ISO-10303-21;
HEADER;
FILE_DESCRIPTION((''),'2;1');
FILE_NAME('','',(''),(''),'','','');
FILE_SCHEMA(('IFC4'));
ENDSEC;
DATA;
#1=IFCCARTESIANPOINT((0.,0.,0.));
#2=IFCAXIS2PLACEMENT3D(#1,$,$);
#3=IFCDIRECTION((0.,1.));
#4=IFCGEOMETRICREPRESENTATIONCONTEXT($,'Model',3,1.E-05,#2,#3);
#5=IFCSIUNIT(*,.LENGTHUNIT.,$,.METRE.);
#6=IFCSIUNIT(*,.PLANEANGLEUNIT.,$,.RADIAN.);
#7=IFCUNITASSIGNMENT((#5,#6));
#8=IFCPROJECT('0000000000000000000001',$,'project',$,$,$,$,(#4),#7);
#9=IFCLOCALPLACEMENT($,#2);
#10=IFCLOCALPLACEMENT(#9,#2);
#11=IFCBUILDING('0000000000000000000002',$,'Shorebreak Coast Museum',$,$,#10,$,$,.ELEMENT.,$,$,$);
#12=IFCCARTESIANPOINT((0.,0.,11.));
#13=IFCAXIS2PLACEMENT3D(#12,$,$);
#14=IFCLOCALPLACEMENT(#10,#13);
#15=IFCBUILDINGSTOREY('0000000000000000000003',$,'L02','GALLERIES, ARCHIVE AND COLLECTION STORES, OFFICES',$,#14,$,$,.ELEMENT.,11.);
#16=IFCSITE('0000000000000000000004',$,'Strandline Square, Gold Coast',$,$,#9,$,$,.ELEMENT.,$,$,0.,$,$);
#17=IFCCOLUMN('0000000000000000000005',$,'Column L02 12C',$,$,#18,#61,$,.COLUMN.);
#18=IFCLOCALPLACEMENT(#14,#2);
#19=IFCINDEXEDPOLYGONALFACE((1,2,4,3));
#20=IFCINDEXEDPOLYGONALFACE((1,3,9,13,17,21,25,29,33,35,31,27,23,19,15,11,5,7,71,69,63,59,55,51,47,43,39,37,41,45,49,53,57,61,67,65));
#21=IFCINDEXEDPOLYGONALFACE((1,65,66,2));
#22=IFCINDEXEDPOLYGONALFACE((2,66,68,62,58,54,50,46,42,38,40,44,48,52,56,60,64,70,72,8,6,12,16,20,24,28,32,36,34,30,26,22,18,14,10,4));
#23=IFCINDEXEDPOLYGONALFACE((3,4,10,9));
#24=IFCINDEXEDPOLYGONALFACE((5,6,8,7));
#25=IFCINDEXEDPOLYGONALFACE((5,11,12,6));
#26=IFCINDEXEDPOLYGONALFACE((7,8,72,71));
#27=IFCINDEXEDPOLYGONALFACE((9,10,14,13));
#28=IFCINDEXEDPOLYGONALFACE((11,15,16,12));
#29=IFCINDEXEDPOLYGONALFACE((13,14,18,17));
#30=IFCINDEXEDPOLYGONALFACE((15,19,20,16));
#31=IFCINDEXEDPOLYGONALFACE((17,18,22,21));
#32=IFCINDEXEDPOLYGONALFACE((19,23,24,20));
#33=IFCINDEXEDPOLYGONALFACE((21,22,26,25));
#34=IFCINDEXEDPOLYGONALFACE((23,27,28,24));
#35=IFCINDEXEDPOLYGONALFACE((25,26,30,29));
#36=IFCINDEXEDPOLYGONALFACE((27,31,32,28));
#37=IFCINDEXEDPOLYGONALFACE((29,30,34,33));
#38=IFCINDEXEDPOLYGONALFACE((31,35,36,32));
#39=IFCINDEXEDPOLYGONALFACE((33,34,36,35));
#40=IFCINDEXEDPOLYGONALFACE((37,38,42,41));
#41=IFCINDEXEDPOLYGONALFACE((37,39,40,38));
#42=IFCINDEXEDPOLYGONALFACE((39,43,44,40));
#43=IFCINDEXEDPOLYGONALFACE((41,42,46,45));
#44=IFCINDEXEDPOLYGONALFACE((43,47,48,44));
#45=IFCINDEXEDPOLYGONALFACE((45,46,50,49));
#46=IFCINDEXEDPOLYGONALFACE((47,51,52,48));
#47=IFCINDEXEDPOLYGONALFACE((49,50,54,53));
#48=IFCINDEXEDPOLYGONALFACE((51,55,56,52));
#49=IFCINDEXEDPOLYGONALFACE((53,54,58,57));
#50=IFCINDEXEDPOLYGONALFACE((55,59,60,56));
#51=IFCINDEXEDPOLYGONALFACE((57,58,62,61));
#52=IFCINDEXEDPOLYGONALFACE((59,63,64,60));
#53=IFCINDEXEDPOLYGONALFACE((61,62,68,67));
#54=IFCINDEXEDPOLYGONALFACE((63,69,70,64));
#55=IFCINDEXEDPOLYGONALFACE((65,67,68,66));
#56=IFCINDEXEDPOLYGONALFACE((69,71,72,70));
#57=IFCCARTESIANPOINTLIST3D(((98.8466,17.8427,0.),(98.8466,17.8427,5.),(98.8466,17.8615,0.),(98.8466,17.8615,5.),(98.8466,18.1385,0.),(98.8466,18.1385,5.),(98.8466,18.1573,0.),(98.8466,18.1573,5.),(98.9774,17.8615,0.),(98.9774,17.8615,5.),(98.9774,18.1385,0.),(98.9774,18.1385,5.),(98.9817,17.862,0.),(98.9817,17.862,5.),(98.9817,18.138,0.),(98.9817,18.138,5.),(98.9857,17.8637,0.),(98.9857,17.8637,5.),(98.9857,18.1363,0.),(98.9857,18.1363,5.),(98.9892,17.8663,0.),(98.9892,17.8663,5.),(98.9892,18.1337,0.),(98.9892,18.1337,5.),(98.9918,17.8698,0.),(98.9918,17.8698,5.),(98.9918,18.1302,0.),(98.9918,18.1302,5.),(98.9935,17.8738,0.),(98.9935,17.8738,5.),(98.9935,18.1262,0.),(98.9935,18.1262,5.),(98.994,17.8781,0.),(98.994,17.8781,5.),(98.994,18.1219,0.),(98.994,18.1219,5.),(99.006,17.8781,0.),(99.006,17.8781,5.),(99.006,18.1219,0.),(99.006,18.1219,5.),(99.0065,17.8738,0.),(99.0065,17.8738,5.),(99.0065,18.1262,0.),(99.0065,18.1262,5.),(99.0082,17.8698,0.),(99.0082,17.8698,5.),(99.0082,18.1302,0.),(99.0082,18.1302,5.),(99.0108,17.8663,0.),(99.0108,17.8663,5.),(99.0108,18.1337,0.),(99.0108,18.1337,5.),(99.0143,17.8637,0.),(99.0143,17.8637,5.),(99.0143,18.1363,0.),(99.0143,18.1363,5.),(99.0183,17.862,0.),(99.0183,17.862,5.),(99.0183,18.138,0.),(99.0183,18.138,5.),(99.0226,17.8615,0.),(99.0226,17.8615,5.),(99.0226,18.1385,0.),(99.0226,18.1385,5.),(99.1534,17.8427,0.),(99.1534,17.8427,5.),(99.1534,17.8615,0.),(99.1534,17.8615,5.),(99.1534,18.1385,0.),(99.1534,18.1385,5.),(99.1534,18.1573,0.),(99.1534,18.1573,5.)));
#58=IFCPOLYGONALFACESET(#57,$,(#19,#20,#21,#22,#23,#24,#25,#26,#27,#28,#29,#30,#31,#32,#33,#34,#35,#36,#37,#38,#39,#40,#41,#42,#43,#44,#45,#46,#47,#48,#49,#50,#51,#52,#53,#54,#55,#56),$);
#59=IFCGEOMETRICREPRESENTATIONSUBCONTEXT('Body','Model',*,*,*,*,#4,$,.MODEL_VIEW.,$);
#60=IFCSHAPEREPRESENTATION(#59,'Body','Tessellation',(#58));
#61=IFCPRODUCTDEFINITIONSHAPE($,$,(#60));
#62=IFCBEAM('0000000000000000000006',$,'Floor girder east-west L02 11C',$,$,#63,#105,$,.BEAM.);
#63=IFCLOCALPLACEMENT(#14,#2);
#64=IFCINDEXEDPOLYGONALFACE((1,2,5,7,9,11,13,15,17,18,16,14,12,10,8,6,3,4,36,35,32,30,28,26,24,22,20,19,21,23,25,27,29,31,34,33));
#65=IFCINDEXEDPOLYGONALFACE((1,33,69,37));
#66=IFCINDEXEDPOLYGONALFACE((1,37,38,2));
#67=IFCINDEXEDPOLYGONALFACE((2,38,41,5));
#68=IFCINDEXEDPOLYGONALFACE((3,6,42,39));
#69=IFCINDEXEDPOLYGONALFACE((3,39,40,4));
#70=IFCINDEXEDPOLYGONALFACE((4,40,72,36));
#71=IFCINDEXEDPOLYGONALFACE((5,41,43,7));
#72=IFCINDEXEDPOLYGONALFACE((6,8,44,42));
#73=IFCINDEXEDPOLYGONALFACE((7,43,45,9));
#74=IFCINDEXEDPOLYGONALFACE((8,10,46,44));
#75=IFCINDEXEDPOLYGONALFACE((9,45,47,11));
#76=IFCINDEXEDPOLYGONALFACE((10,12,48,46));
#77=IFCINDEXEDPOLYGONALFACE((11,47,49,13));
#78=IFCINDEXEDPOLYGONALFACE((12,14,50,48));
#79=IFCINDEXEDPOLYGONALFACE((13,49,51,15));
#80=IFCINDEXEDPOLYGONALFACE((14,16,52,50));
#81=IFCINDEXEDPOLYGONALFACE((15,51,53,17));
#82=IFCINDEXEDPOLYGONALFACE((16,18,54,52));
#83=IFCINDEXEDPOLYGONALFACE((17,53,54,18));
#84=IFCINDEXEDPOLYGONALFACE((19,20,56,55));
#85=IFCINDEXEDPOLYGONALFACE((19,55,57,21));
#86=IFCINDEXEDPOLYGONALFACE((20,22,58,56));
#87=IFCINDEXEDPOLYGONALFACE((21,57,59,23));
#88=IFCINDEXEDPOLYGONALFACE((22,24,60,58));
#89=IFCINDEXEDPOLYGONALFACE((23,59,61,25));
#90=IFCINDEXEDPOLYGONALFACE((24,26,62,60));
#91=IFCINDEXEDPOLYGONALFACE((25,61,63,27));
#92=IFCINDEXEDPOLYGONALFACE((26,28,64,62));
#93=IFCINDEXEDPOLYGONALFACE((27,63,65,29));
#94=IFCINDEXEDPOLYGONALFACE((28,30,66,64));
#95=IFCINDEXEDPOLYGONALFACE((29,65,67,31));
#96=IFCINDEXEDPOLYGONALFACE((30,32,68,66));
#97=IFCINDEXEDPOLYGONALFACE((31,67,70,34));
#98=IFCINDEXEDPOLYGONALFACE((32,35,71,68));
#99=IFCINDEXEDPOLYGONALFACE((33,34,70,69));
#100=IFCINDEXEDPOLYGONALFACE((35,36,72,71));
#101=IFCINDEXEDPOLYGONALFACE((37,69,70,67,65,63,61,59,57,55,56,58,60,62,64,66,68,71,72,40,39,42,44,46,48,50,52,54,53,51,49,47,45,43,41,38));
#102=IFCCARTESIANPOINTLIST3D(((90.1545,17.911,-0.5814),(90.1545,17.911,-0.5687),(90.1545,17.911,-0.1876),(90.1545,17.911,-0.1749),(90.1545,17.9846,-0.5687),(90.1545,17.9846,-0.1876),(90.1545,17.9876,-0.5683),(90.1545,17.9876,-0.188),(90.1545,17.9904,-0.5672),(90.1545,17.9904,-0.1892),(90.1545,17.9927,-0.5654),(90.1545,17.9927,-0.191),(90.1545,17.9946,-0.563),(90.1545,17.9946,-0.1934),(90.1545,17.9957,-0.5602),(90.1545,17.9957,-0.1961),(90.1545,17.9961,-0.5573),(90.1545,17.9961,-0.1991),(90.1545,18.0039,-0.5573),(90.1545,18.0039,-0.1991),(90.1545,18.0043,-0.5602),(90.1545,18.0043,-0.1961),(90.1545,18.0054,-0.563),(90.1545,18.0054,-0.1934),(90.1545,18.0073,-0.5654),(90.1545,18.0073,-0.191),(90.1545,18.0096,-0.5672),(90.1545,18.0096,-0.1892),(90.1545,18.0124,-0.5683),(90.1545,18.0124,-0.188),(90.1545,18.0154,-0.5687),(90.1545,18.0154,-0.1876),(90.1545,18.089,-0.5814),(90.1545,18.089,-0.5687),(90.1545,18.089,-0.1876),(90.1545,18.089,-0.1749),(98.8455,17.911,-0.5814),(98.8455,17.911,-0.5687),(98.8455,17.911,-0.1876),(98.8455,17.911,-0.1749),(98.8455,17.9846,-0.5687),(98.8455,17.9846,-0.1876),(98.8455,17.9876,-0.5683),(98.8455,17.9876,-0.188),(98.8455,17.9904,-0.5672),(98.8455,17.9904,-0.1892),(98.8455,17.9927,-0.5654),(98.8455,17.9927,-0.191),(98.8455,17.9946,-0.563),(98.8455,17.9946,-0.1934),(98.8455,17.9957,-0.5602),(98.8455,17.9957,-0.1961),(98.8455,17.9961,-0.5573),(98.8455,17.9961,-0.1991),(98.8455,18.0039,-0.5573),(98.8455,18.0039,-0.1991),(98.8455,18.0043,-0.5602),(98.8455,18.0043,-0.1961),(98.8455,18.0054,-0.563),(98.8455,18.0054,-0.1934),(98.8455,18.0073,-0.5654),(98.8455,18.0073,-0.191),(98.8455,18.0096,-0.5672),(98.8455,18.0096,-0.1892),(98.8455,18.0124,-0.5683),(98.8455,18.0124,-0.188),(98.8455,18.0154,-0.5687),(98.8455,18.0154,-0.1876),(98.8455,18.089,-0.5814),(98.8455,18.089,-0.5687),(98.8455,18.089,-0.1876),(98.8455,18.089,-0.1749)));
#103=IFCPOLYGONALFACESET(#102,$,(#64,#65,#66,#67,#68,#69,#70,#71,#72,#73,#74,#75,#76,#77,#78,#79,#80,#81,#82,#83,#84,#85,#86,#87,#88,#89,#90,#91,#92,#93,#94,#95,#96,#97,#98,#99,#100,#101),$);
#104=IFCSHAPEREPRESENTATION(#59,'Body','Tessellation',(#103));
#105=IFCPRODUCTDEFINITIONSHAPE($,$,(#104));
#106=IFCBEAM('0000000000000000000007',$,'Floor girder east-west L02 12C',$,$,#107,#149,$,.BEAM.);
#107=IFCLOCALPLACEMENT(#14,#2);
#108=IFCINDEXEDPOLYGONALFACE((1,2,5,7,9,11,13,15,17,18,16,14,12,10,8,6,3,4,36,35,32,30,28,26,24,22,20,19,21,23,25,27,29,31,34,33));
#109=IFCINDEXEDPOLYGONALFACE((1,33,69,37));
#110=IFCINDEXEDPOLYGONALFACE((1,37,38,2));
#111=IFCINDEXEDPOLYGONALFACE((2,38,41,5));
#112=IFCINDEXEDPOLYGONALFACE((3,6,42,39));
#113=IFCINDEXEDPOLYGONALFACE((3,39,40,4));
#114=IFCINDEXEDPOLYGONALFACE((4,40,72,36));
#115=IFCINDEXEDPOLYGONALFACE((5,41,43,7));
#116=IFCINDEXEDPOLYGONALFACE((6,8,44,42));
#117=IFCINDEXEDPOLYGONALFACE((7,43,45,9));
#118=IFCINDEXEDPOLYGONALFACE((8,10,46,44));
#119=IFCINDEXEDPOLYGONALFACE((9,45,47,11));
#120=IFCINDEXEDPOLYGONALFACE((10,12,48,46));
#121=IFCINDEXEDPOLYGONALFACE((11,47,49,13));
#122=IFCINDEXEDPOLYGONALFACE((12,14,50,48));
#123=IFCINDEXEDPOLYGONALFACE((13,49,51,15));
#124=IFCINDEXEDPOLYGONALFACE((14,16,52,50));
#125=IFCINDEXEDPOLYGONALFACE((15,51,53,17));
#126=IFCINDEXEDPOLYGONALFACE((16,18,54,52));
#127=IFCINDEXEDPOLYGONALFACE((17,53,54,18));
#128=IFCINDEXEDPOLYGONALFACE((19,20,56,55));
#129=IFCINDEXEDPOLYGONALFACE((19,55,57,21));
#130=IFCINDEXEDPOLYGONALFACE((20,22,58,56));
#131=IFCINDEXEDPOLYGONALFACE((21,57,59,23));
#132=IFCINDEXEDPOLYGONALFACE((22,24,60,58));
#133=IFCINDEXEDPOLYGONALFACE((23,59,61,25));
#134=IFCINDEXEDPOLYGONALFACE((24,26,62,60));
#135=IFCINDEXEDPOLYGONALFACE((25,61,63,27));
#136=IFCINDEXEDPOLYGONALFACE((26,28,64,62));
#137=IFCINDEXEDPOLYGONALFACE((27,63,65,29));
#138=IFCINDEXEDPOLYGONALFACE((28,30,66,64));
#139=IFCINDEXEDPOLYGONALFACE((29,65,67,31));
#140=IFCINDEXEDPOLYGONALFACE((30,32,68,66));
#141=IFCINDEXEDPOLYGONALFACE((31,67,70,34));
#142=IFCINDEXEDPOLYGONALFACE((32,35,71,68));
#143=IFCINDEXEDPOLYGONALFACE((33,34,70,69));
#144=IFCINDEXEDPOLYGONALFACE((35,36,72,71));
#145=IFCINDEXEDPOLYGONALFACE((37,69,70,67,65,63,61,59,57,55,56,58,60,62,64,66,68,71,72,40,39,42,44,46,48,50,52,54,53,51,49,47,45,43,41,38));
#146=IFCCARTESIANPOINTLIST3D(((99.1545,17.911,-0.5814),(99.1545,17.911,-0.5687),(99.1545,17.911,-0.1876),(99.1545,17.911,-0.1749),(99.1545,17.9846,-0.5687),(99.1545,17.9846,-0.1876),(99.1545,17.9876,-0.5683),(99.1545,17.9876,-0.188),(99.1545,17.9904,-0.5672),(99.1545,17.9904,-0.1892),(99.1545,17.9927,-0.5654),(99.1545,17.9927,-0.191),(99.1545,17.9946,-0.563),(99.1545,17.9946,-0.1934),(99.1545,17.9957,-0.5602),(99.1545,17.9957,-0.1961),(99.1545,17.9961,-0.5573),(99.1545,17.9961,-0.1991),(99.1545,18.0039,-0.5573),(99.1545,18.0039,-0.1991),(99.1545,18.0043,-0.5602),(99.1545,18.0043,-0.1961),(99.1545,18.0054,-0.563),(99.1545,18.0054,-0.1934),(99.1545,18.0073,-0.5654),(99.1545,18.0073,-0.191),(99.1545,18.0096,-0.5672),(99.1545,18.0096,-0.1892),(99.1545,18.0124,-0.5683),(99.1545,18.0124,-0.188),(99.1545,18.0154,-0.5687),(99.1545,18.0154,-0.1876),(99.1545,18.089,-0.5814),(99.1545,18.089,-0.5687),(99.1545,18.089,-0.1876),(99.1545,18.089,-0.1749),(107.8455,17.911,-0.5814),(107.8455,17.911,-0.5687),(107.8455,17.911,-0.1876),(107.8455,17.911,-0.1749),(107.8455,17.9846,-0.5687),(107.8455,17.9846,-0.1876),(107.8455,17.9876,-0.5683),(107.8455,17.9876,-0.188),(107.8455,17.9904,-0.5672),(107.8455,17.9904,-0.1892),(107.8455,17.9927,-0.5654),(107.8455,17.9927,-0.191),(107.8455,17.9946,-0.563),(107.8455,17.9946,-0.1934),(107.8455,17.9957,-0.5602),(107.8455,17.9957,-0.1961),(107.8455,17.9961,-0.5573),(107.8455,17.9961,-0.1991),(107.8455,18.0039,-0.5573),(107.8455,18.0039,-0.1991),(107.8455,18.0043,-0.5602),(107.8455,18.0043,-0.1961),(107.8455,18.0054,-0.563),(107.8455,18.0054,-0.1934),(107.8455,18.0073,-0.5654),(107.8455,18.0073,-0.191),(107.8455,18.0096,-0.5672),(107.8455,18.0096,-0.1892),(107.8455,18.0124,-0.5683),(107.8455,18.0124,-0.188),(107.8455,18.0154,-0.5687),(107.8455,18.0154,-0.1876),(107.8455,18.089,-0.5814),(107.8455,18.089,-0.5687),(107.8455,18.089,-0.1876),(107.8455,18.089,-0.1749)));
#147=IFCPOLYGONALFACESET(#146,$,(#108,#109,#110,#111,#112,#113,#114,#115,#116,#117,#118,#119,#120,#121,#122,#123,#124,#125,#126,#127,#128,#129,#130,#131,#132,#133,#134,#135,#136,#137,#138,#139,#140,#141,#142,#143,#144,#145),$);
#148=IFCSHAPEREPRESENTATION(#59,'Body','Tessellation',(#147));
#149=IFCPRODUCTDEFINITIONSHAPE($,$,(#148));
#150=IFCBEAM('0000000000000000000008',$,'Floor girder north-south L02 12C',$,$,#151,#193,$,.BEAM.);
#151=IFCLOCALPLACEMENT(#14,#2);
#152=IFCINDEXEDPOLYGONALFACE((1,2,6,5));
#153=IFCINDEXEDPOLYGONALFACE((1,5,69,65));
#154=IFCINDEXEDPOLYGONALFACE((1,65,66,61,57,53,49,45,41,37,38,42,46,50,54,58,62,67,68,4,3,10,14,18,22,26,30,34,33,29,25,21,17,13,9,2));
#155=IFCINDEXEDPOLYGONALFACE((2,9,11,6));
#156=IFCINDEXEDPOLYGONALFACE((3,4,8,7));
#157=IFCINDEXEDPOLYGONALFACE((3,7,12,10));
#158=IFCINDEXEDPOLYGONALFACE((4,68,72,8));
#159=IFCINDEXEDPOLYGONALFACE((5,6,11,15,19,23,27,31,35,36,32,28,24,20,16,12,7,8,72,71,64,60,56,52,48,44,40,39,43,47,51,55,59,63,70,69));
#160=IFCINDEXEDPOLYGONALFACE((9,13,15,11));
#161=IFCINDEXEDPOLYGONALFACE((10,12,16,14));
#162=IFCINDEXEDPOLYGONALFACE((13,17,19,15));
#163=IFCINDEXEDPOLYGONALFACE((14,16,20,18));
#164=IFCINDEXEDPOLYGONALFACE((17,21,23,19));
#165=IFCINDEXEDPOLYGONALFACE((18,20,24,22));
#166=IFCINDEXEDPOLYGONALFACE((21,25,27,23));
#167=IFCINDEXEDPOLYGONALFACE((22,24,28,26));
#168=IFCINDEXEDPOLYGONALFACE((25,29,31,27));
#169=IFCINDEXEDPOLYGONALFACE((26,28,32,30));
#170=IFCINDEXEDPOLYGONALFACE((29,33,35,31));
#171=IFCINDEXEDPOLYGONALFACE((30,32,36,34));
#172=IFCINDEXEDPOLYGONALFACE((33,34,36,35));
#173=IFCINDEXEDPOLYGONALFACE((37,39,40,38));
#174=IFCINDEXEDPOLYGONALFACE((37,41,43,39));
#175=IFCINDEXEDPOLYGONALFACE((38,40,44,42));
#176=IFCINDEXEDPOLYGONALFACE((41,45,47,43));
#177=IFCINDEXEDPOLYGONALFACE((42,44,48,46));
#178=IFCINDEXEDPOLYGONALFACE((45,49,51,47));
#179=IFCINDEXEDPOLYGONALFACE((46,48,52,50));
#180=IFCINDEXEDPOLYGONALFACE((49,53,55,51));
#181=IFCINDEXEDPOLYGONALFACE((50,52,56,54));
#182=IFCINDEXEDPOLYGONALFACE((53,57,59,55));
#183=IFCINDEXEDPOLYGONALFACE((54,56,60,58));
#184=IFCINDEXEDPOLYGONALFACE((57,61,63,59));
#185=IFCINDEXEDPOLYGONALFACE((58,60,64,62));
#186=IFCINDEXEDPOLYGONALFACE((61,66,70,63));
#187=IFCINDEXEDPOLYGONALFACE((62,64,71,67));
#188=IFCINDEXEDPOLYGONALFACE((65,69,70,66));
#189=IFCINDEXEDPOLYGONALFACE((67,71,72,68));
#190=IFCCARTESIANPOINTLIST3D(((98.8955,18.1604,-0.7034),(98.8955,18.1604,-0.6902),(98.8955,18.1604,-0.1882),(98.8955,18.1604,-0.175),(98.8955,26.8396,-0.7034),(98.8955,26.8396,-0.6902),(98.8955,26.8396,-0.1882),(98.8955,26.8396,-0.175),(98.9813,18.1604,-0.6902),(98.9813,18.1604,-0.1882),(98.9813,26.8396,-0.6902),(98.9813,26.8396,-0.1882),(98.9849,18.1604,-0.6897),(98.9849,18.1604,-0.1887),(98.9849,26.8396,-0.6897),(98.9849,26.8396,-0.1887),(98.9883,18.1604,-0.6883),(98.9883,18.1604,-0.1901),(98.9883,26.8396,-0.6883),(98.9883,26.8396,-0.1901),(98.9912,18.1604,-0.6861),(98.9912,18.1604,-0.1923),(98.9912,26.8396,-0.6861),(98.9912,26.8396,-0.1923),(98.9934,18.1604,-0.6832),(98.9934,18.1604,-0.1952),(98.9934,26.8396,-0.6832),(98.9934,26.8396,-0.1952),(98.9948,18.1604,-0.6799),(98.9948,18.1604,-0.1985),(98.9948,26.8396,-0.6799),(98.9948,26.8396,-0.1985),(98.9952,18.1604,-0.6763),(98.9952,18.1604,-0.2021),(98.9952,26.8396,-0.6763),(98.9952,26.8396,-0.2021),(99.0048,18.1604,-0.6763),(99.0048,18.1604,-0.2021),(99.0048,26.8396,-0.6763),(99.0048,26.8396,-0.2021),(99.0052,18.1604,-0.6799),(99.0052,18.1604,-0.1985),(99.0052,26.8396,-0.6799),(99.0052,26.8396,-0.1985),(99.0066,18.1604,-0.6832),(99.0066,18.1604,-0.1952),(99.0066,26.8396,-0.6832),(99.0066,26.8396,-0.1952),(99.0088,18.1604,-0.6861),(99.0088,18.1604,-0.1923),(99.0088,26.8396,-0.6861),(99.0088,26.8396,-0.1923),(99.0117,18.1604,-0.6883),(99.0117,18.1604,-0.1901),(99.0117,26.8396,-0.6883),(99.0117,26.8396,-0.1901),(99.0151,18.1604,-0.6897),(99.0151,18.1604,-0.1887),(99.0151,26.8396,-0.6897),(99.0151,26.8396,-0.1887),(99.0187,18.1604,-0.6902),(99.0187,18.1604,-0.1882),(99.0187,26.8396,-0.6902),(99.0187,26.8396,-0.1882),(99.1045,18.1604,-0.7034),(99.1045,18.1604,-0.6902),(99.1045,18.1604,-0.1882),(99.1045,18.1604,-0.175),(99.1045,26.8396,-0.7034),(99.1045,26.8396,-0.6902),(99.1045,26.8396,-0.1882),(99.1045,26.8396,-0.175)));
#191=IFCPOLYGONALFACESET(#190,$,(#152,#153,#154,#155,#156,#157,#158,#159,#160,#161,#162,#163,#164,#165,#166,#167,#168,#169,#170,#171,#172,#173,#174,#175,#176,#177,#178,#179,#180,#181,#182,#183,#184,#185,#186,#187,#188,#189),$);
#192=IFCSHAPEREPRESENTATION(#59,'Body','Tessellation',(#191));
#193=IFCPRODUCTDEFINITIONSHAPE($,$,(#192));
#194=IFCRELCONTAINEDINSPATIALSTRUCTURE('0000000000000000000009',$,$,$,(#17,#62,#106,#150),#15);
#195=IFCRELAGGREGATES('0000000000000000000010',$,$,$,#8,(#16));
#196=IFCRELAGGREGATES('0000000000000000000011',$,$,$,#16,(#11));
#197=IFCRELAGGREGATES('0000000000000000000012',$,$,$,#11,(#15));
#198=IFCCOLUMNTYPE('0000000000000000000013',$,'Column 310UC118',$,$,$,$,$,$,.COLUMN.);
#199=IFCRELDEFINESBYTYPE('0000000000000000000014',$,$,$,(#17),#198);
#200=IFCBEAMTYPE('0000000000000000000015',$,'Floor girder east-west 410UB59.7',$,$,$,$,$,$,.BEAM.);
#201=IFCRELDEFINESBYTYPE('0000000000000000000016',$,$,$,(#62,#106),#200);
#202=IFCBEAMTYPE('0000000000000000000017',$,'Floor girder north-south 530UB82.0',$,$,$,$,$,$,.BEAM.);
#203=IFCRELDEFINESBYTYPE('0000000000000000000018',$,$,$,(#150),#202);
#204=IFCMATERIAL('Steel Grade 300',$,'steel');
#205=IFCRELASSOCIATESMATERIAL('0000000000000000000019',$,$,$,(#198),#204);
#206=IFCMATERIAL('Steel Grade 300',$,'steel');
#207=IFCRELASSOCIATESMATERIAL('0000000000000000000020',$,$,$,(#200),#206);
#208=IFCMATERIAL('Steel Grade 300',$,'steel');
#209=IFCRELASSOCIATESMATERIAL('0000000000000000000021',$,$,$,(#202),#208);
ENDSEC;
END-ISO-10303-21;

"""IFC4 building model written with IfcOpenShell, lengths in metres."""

from ifc_helpers import new_model, si_unit, direction, frame, origin, origin_2d, place, context, subcontext, project, spatial, i_section, extrude, material, material_profile, profile_set, type_object, element, save


model = new_model("IFC4")

# Units and contexts
model_context = context("Model", 3, precision=1e-05, world=origin(), true_north=direction((0.0, 1.0)))
body_context = subcontext(model_context, "Body", "Model", "MODEL_VIEW")
ifc_project = project(units=[si_unit("LENGTHUNIT", "METRE"), si_unit("PLANEANGLEUNIT", "RADIAN")], contexts=[model_context])

# Site, building, storey
site_placement = place(None, origin())
site = spatial("IfcSite", under=ifc_project, at=site_placement, Name="Strandline Square, Gold Coast", CompositionType="ELEMENT", RefElevation=0.0)
building_placement = place(site_placement, origin())
building = spatial("IfcBuilding", under=site, at=building_placement, Name="Shorebreak Coast Museum", CompositionType="ELEMENT")
storey_placement = place(building_placement, frame((0.0, 0.0, 11.0)))
storey = spatial("IfcBuildingStorey", under=building, at=storey_placement, Name="L02", Description="GALLERIES, ARCHIVE AND COLLECTION STORES, OFFICES", CompositionType="ELEMENT", Elevation=11.0)

# Column
ifc_material_1 = material(Name="Steel Grade 300", Category="steel")
ifc_material_profile_1 = material_profile(ifc_material_1, i_section(OverallWidth=0.3069, OverallDepth=0.3147, WebThickness=0.012, FlangeThickness=0.0188, FilletRadius=0.0166, at=origin_2d()), Name="310UC118")
ifc_profile_set_1 = profile_set([ifc_material_profile_1], Name="Steel Grade 300")
column_type = type_object("IfcColumnType", Name="Column 310UC118", PredefinedType="COLUMN", material=ifc_profile_set_1)
column_placement = place(storey_placement, frame((99.0, 18.0, 0.0), z_axis=(0.0, 0.0, 1.0), x_axis=(1.0, 0.0, 0.0)))
element("IfcColumn", 1, at=column_placement, inside=storey, type_object=column_type, Name="Column L02 12C", PredefinedType="COLUMN", context=body_context, shape_type="SweptSolid", body=[
    extrude(i_section(OverallWidth=0.3069, OverallDepth=0.3147, WebThickness=0.012, FlangeThickness=0.0188, FilletRadius=0.0166, at=origin_2d()), origin(), (0.0, 0.0, 1.0), 5.0),
])

# Beams
ifc_material_2 = material(Name="Steel Grade 300", Category="steel")
ifc_material_profile_2 = material_profile(ifc_material_2, i_section(OverallWidth=0.178, OverallDepth=0.4065, WebThickness=0.0078, FlangeThickness=0.0127, FilletRadius=0.0115, at=origin_2d()), Name="410UB59.7")
ifc_profile_set_2 = profile_set([ifc_material_profile_2], Name="Steel Grade 300")
beam_type_1 = type_object("IfcBeamType", Name="Floor girder east-west 410UB59.7", PredefinedType="BEAM", material=ifc_profile_set_2)
for number, where, z_axis, x_axis, name in (
    (2, (90.1545, 18.0, -0.3782), (1.0, 0.0, 0.0), (0.0, 1.0, 0.0), "Floor girder east-west L02 11C"),
    (3, (99.1545, 18.0, -0.3782), (1.0, 0.0, 0.0), (0.0, 1.0, 0.0), "Floor girder east-west L02 12C"),
):
    element("IfcBeam", number, at=place(storey_placement, frame(where, z_axis=z_axis, x_axis=x_axis)), inside=storey, type_object=beam_type_1, Name=name, PredefinedType="BEAM", context=body_context, shape_type="SweptSolid", body=[
        extrude(i_section(OverallWidth=0.178, OverallDepth=0.4065, WebThickness=0.0078, FlangeThickness=0.0127, FilletRadius=0.0115, at=origin_2d()), origin(), (0.0, 0.0, 1.0), 8.6909),
    ])
ifc_material_3 = material(Name="Steel Grade 300", Category="steel")
ifc_material_profile_3 = material_profile(ifc_material_3, i_section(OverallWidth=0.209, OverallDepth=0.5283, WebThickness=0.0095, FlangeThickness=0.0132, FilletRadius=0.0139, at=origin_2d()), Name="530UB82.0")
ifc_profile_set_3 = profile_set([ifc_material_profile_3], Name="Steel Grade 300")
beam_type_2 = type_object("IfcBeamType", Name="Floor girder north-south 530UB82.0", PredefinedType="BEAM", material=ifc_profile_set_3)
beam_1_placement = place(storey_placement, frame((99.0, 18.1604, -0.4392), z_axis=(0.0, 1.0, 0.0), x_axis=(-1.0, 0.0, 0.0)))
element("IfcBeam", 4, at=beam_1_placement, inside=storey, type_object=beam_type_2, Name="Floor girder north-south L02 12C", PredefinedType="BEAM", context=body_context, shape_type="SweptSolid", body=[
    extrude(i_section(OverallWidth=0.209, OverallDepth=0.5283, WebThickness=0.0095, FlangeThickness=0.0132, FilletRadius=0.0139, at=origin_2d()), origin(), (0.0, 0.0, 1.0), 8.6792),
])

save(model, "model.ifc")
